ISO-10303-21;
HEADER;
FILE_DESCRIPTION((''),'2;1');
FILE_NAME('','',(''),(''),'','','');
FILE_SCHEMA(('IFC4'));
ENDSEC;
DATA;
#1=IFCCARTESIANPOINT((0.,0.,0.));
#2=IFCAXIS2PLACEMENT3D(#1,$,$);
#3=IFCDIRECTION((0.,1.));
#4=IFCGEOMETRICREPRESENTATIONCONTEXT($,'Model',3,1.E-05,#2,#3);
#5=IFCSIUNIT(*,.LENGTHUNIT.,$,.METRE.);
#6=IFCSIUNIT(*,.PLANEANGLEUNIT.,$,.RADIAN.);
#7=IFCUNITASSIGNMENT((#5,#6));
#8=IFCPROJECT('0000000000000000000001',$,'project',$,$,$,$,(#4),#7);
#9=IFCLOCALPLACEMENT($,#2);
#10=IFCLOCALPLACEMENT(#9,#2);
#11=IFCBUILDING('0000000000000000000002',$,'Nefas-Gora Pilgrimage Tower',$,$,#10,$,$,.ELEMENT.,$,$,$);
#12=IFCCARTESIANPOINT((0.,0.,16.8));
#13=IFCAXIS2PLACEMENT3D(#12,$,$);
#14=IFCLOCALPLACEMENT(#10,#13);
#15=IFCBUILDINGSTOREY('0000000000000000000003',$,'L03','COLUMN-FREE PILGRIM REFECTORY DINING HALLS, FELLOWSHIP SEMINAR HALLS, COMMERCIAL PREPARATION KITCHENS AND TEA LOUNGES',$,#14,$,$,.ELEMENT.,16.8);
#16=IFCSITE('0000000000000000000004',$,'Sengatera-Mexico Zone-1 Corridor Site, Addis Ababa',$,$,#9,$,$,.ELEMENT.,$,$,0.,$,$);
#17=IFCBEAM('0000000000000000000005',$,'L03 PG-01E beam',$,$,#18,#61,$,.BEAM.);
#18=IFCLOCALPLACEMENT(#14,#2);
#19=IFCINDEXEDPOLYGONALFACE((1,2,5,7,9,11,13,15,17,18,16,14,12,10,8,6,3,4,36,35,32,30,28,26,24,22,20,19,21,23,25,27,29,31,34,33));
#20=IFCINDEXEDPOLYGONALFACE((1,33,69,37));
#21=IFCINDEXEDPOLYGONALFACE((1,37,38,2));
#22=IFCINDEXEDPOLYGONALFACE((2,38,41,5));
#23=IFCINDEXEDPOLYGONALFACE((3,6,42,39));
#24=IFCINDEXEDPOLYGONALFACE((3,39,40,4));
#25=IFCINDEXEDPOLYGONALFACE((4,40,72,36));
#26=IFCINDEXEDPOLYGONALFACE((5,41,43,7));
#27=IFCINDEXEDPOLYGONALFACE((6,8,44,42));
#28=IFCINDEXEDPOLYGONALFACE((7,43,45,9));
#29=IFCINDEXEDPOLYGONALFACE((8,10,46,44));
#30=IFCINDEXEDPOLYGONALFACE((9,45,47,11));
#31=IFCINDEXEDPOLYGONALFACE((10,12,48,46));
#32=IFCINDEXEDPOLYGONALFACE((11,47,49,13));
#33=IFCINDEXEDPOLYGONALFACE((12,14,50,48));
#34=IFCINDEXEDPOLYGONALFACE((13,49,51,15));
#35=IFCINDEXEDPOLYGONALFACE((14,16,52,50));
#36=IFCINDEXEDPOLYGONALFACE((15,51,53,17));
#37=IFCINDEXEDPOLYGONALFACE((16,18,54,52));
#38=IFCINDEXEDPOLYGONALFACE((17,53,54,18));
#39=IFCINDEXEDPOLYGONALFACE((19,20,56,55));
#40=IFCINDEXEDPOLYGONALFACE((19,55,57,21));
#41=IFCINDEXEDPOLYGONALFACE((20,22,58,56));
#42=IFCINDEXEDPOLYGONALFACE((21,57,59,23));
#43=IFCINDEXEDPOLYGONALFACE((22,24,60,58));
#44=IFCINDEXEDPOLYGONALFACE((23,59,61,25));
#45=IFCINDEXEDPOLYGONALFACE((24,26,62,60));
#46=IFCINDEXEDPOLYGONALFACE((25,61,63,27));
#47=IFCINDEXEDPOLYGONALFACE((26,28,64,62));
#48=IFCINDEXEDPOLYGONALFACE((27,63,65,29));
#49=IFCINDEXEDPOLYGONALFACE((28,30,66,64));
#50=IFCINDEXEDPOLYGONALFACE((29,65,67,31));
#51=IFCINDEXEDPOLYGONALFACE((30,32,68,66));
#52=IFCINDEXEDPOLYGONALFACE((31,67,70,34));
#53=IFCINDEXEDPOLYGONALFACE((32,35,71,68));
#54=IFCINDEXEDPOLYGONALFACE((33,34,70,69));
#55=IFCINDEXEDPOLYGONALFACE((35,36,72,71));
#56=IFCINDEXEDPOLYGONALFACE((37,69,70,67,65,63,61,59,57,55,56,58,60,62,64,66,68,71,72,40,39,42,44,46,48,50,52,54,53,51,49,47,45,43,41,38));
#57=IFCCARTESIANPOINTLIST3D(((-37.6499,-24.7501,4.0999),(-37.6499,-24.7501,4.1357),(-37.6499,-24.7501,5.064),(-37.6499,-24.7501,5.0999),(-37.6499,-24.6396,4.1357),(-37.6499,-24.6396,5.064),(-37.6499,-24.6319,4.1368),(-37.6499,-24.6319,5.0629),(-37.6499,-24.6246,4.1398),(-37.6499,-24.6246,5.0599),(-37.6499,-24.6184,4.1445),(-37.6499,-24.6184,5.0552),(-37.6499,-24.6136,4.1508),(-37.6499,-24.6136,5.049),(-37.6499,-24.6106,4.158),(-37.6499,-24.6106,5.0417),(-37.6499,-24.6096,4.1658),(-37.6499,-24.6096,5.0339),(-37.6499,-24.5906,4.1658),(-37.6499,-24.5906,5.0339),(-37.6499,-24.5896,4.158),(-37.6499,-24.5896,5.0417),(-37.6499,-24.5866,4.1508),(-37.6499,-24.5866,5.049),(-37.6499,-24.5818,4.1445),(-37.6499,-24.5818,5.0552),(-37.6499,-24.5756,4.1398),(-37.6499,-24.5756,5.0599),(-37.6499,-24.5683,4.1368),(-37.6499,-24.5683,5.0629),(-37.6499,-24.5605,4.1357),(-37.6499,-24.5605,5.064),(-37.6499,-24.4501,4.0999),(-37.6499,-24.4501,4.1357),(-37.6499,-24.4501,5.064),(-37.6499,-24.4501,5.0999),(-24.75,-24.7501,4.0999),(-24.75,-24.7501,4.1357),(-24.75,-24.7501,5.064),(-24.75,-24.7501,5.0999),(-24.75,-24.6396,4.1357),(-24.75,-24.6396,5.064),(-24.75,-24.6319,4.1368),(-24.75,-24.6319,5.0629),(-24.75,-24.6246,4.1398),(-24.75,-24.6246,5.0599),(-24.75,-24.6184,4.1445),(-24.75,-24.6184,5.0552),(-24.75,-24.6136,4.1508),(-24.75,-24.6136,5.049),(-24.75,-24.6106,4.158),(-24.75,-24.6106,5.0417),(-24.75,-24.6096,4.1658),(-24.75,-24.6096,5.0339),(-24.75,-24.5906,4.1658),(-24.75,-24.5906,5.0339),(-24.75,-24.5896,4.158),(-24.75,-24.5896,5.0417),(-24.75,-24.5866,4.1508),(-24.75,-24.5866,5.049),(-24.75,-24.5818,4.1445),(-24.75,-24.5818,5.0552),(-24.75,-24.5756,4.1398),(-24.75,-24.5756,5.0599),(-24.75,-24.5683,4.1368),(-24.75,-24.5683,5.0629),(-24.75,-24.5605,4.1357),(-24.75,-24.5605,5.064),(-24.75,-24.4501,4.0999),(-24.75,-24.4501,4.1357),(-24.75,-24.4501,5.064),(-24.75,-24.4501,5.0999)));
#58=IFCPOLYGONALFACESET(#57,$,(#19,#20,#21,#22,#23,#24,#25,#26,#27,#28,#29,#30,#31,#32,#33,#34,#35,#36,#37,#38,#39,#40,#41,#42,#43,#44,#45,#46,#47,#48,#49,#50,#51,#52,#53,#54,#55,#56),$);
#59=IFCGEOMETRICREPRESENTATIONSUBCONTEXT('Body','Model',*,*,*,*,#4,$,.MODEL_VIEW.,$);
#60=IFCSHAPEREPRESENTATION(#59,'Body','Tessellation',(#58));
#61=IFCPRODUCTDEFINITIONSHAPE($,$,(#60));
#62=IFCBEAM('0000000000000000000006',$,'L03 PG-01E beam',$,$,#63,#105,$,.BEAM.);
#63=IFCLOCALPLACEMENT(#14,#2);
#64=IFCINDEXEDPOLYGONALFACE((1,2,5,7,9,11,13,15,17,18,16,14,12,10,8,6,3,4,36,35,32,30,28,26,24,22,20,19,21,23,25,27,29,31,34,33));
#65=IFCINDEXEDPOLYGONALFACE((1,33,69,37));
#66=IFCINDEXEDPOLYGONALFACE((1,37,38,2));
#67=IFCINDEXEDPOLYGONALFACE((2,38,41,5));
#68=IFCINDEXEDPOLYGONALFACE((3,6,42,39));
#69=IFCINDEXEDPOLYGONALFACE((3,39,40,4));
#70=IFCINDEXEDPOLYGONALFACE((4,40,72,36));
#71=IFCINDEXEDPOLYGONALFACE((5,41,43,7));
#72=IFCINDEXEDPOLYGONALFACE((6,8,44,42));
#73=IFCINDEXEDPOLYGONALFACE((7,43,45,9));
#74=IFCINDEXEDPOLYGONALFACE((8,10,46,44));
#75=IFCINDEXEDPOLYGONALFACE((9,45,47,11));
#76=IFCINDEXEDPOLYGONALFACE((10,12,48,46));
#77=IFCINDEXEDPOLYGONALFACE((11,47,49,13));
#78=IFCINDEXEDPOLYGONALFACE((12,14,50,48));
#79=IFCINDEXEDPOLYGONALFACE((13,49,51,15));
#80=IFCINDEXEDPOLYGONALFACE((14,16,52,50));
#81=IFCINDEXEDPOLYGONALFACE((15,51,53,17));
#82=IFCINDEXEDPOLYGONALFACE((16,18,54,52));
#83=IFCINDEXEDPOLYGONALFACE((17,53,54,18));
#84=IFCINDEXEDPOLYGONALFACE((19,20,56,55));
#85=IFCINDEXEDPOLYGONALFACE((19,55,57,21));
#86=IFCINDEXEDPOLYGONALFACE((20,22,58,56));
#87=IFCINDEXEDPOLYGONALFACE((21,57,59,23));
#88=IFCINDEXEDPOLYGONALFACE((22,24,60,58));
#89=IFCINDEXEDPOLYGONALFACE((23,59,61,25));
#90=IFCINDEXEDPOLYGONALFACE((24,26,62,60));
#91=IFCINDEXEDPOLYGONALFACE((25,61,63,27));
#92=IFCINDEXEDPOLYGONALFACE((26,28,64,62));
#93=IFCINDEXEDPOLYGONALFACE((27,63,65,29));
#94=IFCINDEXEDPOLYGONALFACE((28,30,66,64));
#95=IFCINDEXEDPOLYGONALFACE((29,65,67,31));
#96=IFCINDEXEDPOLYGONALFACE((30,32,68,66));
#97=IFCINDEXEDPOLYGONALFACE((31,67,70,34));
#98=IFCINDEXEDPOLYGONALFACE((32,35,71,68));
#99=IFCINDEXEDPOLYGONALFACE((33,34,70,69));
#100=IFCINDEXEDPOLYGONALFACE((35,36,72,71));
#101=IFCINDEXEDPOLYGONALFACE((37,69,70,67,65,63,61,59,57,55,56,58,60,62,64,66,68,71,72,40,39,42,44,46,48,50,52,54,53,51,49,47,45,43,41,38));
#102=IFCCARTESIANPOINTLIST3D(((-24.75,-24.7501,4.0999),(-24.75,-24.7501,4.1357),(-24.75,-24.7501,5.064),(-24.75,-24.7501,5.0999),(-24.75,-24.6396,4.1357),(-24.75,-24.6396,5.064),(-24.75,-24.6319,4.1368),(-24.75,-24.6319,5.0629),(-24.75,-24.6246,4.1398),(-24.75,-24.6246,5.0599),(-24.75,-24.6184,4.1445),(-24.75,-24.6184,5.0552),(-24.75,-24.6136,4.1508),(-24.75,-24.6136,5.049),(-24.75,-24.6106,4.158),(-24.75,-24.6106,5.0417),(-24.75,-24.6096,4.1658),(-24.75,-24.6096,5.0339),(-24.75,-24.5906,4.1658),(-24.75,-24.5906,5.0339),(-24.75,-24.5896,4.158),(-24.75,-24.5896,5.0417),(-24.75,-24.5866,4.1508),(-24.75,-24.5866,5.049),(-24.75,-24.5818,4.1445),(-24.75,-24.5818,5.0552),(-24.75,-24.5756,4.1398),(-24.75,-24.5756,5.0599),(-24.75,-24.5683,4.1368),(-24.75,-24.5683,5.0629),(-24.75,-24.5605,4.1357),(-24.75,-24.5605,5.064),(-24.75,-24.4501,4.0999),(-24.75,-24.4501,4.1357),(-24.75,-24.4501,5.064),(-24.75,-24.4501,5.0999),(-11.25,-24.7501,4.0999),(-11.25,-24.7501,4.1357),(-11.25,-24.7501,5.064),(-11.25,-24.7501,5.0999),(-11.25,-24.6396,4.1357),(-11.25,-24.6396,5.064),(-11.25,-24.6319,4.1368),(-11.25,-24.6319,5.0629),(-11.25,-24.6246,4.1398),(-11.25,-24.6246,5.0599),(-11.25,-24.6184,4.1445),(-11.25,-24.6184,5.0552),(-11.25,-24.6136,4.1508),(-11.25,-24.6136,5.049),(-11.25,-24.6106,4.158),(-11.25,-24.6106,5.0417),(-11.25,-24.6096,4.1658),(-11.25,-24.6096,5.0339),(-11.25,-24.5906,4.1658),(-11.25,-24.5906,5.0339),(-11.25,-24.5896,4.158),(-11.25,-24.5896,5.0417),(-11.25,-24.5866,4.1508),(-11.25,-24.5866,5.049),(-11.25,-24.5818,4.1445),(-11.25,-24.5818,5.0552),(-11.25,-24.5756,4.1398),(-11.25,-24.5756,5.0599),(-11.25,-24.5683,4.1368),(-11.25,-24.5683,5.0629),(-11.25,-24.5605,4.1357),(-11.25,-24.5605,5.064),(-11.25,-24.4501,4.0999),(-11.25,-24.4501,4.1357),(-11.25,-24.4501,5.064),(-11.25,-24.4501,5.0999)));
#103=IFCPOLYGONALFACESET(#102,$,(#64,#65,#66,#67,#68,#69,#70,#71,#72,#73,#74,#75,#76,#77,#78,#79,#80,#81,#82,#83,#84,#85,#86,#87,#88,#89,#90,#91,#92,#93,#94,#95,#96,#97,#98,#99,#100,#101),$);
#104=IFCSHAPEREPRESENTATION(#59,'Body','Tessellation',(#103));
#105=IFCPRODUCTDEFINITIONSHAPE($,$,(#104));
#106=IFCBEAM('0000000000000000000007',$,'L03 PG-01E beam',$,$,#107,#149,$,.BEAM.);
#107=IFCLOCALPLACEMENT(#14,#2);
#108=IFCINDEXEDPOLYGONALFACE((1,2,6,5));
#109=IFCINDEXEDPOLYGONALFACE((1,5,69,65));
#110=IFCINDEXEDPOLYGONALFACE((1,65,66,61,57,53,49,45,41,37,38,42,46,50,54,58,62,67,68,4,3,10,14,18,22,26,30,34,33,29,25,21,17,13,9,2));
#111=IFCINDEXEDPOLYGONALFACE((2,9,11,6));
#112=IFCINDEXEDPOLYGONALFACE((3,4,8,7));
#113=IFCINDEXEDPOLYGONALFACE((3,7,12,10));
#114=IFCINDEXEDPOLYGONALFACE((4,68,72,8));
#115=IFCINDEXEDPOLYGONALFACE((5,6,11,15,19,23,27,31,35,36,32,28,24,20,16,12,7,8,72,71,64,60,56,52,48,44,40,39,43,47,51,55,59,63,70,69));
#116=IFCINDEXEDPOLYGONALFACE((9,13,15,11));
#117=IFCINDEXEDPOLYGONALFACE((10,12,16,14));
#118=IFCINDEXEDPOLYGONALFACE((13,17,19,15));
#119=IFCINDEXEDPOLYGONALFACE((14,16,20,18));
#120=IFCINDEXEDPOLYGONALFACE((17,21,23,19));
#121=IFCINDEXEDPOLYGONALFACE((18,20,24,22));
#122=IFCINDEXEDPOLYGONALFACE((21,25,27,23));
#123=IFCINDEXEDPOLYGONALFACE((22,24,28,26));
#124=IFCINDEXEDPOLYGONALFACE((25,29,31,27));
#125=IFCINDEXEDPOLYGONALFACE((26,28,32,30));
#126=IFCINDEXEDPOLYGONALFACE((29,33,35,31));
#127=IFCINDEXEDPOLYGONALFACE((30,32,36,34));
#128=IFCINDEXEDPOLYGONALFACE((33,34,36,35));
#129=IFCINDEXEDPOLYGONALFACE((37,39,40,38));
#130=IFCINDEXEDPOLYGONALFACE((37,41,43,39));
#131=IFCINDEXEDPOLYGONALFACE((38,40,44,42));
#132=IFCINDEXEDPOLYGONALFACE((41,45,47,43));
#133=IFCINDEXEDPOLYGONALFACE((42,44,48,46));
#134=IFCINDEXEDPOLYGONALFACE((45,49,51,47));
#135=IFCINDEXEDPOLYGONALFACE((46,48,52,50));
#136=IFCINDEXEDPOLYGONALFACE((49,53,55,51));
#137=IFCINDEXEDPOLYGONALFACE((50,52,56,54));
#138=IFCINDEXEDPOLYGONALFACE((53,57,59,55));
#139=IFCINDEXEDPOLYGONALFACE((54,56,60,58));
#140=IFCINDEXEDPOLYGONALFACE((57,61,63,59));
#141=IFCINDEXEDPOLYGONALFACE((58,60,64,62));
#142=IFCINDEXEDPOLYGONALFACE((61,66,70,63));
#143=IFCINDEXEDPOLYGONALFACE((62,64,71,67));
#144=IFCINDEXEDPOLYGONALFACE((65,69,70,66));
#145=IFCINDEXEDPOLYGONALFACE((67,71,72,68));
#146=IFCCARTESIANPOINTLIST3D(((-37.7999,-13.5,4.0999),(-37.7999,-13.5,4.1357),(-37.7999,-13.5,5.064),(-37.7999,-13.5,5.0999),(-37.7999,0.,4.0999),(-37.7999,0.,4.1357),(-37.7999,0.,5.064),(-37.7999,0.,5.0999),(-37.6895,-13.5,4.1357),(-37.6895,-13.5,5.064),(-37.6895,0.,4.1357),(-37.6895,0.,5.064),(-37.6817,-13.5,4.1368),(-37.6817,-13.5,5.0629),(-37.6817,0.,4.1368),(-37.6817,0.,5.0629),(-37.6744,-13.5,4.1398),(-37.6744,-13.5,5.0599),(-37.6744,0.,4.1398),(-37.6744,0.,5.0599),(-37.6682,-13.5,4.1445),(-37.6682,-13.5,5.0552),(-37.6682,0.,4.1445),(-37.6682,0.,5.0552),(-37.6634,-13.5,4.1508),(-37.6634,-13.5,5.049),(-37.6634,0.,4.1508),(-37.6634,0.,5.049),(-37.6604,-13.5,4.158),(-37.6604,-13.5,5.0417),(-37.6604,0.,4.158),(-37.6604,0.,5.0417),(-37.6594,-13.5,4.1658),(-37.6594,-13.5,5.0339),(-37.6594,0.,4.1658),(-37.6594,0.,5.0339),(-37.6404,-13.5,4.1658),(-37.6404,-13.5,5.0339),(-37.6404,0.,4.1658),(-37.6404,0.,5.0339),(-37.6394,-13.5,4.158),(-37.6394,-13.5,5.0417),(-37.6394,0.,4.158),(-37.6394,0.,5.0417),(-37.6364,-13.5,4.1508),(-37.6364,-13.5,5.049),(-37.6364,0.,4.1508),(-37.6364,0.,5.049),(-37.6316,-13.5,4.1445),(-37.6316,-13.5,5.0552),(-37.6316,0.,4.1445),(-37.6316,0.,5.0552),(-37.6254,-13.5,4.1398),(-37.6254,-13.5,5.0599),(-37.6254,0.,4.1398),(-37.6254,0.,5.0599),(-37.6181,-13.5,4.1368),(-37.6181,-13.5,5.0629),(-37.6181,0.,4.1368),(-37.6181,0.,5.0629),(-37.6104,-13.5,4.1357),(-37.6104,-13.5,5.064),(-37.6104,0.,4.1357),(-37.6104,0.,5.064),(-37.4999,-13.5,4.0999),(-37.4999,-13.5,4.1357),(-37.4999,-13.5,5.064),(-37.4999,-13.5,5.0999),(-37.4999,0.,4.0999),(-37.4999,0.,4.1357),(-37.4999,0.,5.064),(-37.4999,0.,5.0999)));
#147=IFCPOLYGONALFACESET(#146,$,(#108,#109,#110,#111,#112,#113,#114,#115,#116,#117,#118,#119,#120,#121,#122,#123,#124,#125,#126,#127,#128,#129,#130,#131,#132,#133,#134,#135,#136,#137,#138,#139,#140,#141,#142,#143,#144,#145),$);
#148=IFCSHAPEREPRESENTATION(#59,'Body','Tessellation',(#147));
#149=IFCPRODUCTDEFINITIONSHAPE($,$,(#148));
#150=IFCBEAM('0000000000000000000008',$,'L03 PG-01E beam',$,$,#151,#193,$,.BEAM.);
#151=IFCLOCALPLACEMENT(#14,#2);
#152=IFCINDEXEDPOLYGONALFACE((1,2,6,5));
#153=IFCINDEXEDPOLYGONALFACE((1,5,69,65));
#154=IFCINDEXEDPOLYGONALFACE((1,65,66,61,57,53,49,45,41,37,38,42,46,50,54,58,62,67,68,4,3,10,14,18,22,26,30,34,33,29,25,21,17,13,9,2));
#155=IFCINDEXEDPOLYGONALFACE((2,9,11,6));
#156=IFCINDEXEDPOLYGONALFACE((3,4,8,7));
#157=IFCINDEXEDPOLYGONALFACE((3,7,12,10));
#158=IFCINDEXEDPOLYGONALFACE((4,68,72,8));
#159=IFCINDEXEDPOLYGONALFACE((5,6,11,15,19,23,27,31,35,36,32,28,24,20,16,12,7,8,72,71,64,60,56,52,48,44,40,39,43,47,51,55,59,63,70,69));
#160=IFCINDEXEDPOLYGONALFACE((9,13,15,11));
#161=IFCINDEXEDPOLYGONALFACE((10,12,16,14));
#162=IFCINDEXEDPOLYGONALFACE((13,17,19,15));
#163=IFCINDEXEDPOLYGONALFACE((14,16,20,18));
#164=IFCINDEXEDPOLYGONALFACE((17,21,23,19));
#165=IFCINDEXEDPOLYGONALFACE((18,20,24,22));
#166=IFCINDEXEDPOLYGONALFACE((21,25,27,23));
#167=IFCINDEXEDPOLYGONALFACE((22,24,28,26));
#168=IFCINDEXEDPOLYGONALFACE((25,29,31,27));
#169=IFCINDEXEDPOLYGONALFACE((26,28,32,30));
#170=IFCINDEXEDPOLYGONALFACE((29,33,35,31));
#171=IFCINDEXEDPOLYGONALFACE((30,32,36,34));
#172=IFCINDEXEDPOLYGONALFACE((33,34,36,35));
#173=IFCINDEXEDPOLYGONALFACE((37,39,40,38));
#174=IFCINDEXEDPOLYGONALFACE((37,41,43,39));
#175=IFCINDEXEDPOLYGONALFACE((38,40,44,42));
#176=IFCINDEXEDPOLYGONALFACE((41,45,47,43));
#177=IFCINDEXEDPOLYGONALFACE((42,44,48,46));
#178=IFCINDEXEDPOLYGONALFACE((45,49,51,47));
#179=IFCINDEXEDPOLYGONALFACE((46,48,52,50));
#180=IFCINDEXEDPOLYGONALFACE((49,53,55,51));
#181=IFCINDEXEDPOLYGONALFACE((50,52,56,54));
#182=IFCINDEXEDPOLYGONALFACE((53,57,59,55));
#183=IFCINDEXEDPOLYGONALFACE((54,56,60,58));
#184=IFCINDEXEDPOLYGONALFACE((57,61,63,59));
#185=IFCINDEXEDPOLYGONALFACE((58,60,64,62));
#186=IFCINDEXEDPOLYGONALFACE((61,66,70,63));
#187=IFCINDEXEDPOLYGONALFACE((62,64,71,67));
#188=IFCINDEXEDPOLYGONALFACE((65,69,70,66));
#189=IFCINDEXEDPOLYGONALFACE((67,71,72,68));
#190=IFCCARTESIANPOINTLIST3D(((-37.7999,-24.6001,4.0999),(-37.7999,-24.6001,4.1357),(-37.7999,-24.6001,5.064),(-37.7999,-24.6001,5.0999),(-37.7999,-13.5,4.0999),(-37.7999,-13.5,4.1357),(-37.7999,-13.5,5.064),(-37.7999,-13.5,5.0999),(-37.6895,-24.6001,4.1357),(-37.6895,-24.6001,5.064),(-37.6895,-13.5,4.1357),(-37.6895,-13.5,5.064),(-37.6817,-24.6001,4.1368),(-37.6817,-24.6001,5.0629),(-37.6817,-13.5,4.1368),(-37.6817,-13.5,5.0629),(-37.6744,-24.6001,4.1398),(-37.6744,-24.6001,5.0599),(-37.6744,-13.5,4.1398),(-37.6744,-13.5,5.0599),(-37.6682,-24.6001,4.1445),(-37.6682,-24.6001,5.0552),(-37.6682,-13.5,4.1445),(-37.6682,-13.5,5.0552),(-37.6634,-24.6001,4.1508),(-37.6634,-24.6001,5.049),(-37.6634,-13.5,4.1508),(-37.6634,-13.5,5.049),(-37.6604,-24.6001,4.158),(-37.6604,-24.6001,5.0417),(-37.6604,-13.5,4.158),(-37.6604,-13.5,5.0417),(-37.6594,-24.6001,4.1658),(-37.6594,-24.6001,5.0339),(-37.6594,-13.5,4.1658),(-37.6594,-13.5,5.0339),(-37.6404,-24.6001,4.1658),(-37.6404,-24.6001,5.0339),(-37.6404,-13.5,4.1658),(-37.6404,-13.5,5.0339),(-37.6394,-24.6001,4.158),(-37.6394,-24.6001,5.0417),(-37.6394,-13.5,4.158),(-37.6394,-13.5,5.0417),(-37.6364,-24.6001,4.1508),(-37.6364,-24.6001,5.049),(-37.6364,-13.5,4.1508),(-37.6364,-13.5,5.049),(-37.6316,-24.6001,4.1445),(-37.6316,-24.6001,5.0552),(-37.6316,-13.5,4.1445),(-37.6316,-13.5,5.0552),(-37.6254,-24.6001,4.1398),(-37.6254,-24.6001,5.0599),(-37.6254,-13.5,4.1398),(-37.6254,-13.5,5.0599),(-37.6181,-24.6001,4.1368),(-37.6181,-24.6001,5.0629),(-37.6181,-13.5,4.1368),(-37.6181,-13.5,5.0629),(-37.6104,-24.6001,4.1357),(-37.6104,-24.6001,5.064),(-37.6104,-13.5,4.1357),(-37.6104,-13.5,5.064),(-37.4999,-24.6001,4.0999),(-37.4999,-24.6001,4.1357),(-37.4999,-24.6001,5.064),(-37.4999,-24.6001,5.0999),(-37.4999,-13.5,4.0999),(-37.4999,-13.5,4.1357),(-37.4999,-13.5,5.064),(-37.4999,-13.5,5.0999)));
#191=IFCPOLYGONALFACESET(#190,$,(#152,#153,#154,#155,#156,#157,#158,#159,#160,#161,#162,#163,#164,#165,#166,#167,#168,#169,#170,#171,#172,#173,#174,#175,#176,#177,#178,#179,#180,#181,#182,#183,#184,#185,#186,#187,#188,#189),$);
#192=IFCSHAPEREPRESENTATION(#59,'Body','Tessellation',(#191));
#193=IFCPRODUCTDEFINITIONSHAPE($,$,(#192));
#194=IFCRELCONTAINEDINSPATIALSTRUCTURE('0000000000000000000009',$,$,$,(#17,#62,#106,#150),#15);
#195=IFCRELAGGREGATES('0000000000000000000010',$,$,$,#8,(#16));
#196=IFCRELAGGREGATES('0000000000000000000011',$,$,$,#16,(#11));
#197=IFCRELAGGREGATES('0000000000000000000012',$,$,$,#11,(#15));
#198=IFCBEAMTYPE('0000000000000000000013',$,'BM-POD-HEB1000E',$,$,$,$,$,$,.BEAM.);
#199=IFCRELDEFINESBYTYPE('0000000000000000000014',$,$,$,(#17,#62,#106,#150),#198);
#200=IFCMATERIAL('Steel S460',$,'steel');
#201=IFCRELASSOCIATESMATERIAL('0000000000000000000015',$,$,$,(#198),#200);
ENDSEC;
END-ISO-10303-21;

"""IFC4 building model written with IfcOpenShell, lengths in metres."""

from ifc_helpers import new_model, si_unit, direction, frame, origin, origin_2d, place, context, subcontext, project, spatial, i_section, extrude, source, transform, mapped, material, material_profile, profile_set, type_object, element, save


model = new_model("IFC4")

# Units and contexts
model_context = context("Model", 3, precision=1e-05, world=origin(), true_north=direction((0.0, 1.0)))
body_context = subcontext(model_context, "Body", "Model", "MODEL_VIEW")
ifc_project = project(units=[si_unit("LENGTHUNIT", "METRE"), si_unit("PLANEANGLEUNIT", "RADIAN")], contexts=[model_context])

# Site, building, storey
site_placement = place(None, origin())
site = spatial("IfcSite", under=ifc_project, at=site_placement, Name="Sengatera-Mexico Zone-1 Corridor Site, Addis Ababa", CompositionType="ELEMENT", RefElevation=0.0)
building_placement = place(site_placement, origin())
building = spatial("IfcBuilding", under=site, at=building_placement, Name="Nefas-Gora Pilgrimage Tower", CompositionType="ELEMENT")
storey_placement = place(building_placement, frame((0.0, 0.0, 16.8)))
storey = spatial("IfcBuildingStorey", under=building, at=storey_placement, Name="L03", Description="COLUMN-FREE PILGRIM REFECTORY DINING HALLS, FELLOWSHIP SEMINAR HALLS, COMMERCIAL PREPARATION KITCHENS AND TEA LOUNGES", CompositionType="ELEMENT", Elevation=16.8)

# Shared definitions
ifc_material_1 = material(Name="Steel S460", Category="steel")

# Beams
ifc_material_profile_1 = material_profile(ifc_material_1, i_section(OverallWidth=0.3, OverallDepth=1.0, WebThickness=0.019, FlangeThickness=0.0359, FilletRadius=0.03, at=origin_2d()), Name="HEB 1000")
ifc_profile_set_1 = profile_set([ifc_material_profile_1], Name="Steel S460")
beam_type_1 = type_object("IfcBeamType", Name="BM-POD-HEB1000E", PredefinedType="BEAM", material=ifc_profile_set_1)
shared_shape_1 = source(origin(), body_context, "Body", "SweptSolid", [
    extrude(i_section(OverallWidth=0.3, OverallDepth=1.0, WebThickness=0.019, FlangeThickness=0.0359, FilletRadius=0.03, at=origin_2d()), origin(), (0.0, 0.0, 1.0), 12.8999),
])
beam_1_placement = place(storey_placement, frame((-37.6499, -24.6001, 4.5999), z_axis=(1.0, 0.0, 0.0), x_axis=(0.0, 1.0, 0.0)))
element("IfcBeam", 1, at=beam_1_placement, inside=storey, type_object=beam_type_1, Name="L03 PG-01E beam", PredefinedType="BEAM", context=body_context, shape_type="MappedRepresentation", body=[
    mapped(shared_shape_1, transform((0.0, 0.0, 0.0), x_axis=(1.0, 0.0, 0.0), y_axis=(0.0, 1.0, 0.0), z_axis=(0.0, 0.0, 1.0), scale=1.0)),
])
shared_shape_2 = source(origin(), body_context, "Body", "SweptSolid", [
    extrude(i_section(OverallWidth=0.3, OverallDepth=1.0, WebThickness=0.019, FlangeThickness=0.0359, FilletRadius=0.03, at=origin_2d()), origin(), (0.0, 0.0, 1.0), 13.5),
])
for number, where, z_axis, x_axis, name in (
    (2, (-24.75, -24.6001, 4.5999), (1.0, 0.0, 0.0), (0.0, 1.0, 0.0), "L03 PG-01E beam"),
    (3, (-37.6499, -13.5, 4.5999), (0.0, 1.0, 0.0), (-1.0, 0.0, 0.0), "L03 PG-01E beam"),
):
    element("IfcBeam", number, at=place(storey_placement, frame(where, z_axis=z_axis, x_axis=x_axis)), inside=storey, type_object=beam_type_1, Name=name, PredefinedType="BEAM", context=body_context, shape_type="MappedRepresentation", body=[
        mapped(shared_shape_2, transform((0.0, 0.0, 0.0), x_axis=(1.0, 0.0, 0.0), y_axis=(0.0, 1.0, 0.0), z_axis=(0.0, 0.0, 1.0), scale=1.0)),
    ])
shared_shape_3 = source(origin(), body_context, "Body", "SweptSolid", [
    extrude(i_section(OverallWidth=0.3, OverallDepth=1.0, WebThickness=0.019, FlangeThickness=0.0359, FilletRadius=0.03, at=origin_2d()), origin(), (0.0, 0.0, 1.0), 11.1001),
])
beam_2_placement = place(storey_placement, frame((-37.6499, -24.6001, 4.5999), z_axis=(0.0, 1.0, 0.0), x_axis=(-1.0, 0.0, 0.0)))
element("IfcBeam", 4, at=beam_2_placement, inside=storey, type_object=beam_type_1, Name="L03 PG-01E beam", PredefinedType="BEAM", context=body_context, shape_type="MappedRepresentation", body=[
    mapped(shared_shape_3, transform((0.0, 0.0, 0.0), x_axis=(1.0, 0.0, 0.0), y_axis=(0.0, 1.0, 0.0), z_axis=(0.0, 0.0, 1.0), scale=1.0)),
])

save(model, "model.ifc")
